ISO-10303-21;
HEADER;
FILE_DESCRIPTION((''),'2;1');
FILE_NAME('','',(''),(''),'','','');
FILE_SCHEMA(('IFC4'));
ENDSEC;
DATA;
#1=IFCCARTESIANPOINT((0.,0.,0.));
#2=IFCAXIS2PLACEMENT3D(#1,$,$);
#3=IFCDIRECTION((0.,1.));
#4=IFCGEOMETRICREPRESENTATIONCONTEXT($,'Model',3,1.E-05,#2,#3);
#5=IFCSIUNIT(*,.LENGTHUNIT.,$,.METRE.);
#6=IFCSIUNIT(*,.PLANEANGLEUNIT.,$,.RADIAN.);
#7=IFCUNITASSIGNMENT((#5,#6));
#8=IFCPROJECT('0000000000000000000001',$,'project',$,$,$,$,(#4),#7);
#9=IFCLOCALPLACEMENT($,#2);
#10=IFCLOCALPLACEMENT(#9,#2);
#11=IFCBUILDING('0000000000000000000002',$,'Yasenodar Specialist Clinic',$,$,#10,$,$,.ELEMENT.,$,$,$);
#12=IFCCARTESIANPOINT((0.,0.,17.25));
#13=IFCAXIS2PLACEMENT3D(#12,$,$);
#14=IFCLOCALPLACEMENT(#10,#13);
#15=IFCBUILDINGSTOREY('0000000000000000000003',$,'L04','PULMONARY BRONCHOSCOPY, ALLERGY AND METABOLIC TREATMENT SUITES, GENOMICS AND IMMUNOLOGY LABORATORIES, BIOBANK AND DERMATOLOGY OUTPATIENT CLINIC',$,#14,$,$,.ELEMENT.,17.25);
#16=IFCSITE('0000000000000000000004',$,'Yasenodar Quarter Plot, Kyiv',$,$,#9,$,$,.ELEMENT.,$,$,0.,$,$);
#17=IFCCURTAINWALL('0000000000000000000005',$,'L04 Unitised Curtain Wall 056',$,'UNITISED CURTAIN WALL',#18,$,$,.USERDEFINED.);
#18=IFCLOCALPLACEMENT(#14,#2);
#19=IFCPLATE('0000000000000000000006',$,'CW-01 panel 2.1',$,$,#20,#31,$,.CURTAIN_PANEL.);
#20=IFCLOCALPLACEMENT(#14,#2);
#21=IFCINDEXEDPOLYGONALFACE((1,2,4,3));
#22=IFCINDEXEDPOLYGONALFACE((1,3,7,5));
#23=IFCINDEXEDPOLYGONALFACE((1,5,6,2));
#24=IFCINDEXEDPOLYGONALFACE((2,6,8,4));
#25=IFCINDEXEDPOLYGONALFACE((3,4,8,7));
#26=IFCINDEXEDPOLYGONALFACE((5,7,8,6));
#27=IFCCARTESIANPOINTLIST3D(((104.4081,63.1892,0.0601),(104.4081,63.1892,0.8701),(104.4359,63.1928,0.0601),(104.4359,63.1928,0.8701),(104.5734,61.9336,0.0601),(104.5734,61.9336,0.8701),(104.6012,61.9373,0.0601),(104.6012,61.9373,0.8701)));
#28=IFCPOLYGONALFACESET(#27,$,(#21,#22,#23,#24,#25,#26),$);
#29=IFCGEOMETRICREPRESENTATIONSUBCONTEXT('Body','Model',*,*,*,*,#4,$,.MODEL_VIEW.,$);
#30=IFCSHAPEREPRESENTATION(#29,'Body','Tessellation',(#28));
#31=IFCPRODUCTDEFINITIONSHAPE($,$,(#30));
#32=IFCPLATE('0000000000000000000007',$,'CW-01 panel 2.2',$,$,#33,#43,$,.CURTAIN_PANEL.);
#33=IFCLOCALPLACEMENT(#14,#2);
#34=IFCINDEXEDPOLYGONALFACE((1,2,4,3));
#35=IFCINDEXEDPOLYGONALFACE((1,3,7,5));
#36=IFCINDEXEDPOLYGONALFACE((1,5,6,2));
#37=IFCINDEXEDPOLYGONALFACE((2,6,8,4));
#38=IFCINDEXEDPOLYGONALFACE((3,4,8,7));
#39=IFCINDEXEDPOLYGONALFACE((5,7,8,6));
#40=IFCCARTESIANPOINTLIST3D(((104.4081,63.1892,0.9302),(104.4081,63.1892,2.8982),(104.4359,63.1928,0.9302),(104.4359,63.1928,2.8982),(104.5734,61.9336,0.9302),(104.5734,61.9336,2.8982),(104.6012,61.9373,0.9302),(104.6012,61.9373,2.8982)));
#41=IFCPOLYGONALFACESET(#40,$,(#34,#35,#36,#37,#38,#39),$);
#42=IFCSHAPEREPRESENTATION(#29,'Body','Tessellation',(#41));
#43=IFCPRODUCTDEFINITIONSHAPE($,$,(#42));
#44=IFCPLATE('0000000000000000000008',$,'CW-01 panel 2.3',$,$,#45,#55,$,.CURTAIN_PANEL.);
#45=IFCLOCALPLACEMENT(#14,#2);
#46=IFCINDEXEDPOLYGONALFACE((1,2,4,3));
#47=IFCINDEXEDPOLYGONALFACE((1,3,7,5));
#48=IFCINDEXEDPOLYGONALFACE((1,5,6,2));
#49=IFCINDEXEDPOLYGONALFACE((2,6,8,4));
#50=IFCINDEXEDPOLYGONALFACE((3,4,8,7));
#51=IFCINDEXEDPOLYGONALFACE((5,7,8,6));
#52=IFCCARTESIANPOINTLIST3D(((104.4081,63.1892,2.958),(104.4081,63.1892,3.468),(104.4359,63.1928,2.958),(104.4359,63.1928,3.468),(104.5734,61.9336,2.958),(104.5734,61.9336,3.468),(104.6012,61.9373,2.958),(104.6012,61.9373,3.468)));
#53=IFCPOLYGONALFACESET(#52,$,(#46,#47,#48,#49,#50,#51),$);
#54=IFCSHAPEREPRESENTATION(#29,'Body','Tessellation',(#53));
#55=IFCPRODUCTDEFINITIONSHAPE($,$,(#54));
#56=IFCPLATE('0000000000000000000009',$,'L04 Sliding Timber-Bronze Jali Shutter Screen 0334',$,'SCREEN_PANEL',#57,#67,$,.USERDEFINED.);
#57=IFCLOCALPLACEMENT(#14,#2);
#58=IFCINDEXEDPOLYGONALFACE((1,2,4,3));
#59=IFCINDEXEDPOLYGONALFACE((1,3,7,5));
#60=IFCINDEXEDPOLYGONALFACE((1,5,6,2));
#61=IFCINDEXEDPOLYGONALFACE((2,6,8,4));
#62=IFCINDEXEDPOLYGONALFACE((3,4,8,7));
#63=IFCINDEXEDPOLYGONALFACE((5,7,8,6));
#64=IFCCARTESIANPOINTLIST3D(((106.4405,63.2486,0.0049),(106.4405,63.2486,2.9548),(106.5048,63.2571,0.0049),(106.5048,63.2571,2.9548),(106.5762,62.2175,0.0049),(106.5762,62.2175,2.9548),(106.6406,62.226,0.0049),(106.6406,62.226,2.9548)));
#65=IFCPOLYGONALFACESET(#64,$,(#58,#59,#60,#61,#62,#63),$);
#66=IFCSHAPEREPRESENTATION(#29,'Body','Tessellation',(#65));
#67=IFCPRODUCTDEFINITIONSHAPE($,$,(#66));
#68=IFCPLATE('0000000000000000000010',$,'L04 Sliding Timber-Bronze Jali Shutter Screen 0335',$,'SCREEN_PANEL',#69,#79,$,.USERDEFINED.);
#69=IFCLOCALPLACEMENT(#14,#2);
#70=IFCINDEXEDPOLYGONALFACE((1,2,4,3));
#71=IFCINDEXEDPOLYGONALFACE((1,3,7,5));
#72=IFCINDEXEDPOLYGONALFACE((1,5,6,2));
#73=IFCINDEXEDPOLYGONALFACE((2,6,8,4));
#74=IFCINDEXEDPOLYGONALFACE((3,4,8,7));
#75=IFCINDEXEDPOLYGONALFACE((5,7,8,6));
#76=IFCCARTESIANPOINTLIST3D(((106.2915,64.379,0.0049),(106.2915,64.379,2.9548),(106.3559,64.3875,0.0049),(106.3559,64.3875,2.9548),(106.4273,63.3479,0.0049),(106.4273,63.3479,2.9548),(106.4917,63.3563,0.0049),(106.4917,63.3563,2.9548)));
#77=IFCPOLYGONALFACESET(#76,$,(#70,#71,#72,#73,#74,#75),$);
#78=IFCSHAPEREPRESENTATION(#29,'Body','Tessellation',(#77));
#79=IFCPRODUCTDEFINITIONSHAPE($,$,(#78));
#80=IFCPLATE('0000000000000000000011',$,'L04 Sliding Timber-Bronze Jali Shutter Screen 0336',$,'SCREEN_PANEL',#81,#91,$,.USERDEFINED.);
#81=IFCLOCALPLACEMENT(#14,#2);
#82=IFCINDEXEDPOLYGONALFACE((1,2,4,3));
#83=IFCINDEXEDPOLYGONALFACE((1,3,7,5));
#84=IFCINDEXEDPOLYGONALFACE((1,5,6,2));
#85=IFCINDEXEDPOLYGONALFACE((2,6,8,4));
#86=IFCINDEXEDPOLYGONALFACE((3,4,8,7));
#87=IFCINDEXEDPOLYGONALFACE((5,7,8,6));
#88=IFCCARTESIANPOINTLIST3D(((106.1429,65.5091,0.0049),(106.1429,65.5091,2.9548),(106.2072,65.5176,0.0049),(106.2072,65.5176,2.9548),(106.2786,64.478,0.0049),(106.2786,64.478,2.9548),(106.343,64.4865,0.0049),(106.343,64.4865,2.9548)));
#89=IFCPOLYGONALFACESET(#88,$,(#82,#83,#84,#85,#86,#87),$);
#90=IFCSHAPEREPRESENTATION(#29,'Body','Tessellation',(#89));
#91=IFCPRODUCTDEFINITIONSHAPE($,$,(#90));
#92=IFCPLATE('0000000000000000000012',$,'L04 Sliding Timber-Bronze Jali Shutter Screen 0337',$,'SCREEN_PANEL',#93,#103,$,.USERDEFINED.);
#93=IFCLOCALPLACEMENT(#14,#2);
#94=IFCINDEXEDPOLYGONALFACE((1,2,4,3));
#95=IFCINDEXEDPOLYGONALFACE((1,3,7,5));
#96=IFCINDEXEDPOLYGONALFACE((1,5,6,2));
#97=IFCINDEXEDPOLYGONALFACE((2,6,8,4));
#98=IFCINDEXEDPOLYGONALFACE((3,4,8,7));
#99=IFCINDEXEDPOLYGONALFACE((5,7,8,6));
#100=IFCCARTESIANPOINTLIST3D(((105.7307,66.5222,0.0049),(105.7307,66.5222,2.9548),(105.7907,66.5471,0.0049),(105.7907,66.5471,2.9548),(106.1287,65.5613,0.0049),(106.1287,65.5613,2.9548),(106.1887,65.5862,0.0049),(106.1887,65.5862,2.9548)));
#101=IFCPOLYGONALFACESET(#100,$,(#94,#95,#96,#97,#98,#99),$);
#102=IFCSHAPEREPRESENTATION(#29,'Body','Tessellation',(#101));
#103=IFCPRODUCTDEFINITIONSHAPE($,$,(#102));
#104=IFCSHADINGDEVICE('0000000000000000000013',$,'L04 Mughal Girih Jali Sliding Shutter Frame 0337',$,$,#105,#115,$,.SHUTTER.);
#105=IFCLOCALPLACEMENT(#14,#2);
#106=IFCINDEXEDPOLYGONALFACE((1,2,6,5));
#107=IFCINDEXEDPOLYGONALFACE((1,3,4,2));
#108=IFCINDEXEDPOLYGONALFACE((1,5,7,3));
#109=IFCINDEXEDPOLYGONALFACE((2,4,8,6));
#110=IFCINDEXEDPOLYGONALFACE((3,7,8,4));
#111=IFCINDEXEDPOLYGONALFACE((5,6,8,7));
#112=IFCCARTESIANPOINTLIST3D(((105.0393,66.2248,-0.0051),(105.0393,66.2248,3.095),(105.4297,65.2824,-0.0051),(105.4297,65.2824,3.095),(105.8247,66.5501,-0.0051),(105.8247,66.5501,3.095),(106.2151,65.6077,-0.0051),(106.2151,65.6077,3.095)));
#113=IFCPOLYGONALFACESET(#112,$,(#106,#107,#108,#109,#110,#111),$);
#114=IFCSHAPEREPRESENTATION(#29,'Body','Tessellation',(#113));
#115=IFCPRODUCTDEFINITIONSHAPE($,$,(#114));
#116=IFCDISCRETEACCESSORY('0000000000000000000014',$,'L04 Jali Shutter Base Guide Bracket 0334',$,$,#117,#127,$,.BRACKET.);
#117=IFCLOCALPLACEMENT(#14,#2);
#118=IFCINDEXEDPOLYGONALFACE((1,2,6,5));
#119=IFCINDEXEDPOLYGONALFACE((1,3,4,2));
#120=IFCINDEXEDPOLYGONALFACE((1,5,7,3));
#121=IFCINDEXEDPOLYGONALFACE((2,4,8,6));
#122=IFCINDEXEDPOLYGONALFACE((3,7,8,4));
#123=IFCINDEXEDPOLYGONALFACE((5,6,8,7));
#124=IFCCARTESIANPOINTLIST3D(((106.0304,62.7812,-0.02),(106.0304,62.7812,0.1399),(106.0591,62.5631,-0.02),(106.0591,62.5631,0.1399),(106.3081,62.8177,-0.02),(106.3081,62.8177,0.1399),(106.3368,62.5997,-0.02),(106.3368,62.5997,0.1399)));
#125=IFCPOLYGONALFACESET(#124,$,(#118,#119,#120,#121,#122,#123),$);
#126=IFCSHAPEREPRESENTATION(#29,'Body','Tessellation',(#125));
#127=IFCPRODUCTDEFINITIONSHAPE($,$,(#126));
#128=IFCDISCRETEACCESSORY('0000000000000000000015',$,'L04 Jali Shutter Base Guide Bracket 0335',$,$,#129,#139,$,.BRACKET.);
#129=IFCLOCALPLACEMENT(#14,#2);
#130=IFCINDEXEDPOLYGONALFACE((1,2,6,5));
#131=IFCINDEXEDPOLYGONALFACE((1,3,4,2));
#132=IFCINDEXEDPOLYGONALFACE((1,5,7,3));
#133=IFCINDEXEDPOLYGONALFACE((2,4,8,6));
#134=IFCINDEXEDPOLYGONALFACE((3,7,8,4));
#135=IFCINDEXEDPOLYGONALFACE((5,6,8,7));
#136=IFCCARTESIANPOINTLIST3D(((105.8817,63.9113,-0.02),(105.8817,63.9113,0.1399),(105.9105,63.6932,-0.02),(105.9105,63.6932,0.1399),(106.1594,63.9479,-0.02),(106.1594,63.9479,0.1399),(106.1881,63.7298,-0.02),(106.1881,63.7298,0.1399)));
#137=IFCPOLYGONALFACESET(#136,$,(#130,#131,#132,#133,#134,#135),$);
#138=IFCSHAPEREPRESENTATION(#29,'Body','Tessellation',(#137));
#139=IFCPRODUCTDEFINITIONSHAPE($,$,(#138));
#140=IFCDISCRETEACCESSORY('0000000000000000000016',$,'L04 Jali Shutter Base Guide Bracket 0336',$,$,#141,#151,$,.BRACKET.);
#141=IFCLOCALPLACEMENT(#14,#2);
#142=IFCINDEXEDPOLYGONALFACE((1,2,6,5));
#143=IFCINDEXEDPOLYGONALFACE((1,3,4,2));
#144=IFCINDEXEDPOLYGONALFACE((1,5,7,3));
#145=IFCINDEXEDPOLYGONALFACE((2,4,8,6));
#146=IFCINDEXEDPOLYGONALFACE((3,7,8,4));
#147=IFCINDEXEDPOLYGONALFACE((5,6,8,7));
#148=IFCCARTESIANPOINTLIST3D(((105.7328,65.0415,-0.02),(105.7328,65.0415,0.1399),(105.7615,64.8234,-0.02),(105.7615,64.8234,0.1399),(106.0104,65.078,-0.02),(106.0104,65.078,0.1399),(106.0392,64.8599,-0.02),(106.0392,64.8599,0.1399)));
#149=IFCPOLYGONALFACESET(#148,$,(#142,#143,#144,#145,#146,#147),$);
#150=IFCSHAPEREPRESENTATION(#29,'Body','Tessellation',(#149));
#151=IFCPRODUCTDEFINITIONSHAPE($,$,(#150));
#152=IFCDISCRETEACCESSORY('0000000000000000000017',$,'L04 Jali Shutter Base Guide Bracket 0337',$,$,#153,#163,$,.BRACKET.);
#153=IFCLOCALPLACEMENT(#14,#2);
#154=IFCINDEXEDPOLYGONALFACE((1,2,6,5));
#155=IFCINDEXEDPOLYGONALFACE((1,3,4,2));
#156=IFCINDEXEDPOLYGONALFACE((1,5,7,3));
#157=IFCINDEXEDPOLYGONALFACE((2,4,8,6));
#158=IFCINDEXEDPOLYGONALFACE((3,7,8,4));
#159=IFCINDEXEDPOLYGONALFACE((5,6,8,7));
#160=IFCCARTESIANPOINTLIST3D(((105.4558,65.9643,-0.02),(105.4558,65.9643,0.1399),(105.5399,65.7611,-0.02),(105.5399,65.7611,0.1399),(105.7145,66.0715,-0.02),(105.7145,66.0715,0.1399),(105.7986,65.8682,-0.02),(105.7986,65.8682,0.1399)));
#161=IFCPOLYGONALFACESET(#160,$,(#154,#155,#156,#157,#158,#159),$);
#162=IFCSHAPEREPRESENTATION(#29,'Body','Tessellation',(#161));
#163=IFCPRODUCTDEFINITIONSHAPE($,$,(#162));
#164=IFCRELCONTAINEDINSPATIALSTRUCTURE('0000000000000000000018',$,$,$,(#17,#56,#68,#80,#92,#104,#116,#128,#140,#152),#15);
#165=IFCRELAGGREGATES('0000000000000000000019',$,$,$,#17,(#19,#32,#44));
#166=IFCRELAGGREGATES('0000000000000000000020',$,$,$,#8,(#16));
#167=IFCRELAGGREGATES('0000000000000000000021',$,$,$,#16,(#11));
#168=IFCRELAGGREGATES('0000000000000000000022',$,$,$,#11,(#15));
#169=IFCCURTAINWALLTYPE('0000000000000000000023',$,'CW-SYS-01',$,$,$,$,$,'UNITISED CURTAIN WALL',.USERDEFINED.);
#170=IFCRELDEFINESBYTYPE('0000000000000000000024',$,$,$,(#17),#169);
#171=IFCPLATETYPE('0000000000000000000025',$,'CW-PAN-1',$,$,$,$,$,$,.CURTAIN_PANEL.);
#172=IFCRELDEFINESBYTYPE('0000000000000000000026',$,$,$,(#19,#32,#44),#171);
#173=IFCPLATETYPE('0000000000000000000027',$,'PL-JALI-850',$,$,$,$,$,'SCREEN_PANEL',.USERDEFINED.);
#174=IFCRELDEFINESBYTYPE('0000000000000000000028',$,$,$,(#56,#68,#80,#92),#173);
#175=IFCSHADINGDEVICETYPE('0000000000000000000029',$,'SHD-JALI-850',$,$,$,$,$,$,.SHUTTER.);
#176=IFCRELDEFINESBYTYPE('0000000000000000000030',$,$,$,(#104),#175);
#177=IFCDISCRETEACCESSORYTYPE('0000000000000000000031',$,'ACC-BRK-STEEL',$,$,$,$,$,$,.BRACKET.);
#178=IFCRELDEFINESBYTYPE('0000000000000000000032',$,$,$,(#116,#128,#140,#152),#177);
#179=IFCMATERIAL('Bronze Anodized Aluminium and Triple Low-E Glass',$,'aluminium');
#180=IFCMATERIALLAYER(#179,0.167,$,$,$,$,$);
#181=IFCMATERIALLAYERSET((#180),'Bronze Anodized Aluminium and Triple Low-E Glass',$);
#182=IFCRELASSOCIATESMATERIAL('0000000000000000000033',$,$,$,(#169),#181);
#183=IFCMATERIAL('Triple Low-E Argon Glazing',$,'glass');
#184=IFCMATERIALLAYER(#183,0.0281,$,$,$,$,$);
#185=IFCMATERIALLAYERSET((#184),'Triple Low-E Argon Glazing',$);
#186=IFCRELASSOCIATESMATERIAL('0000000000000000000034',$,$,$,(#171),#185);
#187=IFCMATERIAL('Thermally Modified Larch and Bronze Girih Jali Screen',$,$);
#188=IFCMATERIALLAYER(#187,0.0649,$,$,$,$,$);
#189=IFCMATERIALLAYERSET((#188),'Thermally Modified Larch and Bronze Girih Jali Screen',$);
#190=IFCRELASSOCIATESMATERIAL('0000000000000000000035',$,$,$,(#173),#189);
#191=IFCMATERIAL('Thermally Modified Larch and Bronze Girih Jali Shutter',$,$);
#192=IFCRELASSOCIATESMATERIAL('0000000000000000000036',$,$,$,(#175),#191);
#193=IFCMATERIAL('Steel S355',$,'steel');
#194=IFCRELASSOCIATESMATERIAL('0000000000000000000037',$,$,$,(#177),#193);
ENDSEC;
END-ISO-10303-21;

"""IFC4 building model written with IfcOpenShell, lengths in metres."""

from ifc_helpers import new_model, si_unit, direction, frame, origin, origin_2d, place, context, subcontext, project, spatial, rectangle, extrude, material, layer, layer_set, type_object, element, aggregate, save


model = new_model("IFC4")

# Units and contexts
model_context = context("Model", 3, precision=1e-05, world=origin(), true_north=direction((0.0, 1.0)))
body_context = subcontext(model_context, "Body", "Model", "MODEL_VIEW")
ifc_project = project(units=[si_unit("LENGTHUNIT", "METRE"), si_unit("PLANEANGLEUNIT", "RADIAN")], contexts=[model_context])

# Site, building, storey
site_placement = place(None, origin())
site = spatial("IfcSite", under=ifc_project, at=site_placement, Name="Yasenodar Quarter Plot, Kyiv", CompositionType="ELEMENT", RefElevation=0.0)
building_placement = place(site_placement, origin())
building = spatial("IfcBuilding", under=site, at=building_placement, Name="Yasenodar Specialist Clinic", CompositionType="ELEMENT")
storey_placement = place(building_placement, frame((0.0, 0.0, 17.25)))
storey = spatial("IfcBuildingStorey", under=building, at=storey_placement, Name="L04", Description="PULMONARY BRONCHOSCOPY, ALLERGY AND METABOLIC TREATMENT SUITES, GENOMICS AND IMMUNOLOGY LABORATORIES, BIOBANK AND DERMATOLOGY OUTPATIENT CLINIC", CompositionType="ELEMENT", Elevation=17.25)

# Curtain wall, plates
ifc_material_1 = material(Name="Bronze Anodized Aluminium and Triple Low-E Glass", Category="aluminium")
ifc_layer_1 = layer(ifc_material_1, 0.167)
ifc_layer_set_1 = layer_set([ifc_layer_1], Name="Bronze Anodized Aluminium and Triple Low-E Glass")
curtain_wall_type = type_object("IfcCurtainWallType", Name="CW-SYS-01", ElementType="UNITISED CURTAIN WALL", PredefinedType="USERDEFINED", material=ifc_layer_set_1)
curtain_wall_placement = place(storey_placement, origin())
curtain_wall = element("IfcCurtainWall", 1, at=curtain_wall_placement, inside=storey, type_object=curtain_wall_type, Name="L04 Unitised Curtain Wall 056", ObjectType="UNITISED CURTAIN WALL", PredefinedType="USERDEFINED")
ifc_material_2 = material(Name="Triple Low-E Argon Glazing", Category="glass")
ifc_layer_2 = layer(ifc_material_2, 0.0281)
ifc_layer_set_2 = layer_set([ifc_layer_2], Name="Triple Low-E Argon Glazing")
plate_type_1 = type_object("IfcPlateType", Name="CW-PAN-1", PredefinedType="CURTAIN_PANEL", material=ifc_layer_set_2)
plate_1_placement = place(storey_placement, frame((104.5046, 62.5632, 0.0601), z_axis=(0.0, 0.0, 1.0), x_axis=(0.130512, -0.991447, 0.0)))
plate_1 = element("IfcPlate", 2, at=plate_1_placement, type_object=plate_type_1, Name="CW-01 panel 2.1", PredefinedType="CURTAIN_PANEL", context=body_context, shape_type="SweptSolid", body=[
    extrude(rectangle(XDim=1.2664, YDim=0.0281, at=origin_2d()), origin(), (0.0, 0.0, 1.0), 0.8101),
])
plate_2_placement = place(storey_placement, frame((104.5046, 62.5632, 0.9302), z_axis=(0.0, 0.0, 1.0), x_axis=(0.130512, -0.991447, 0.0)))
plate_2 = element("IfcPlate", 3, at=plate_2_placement, type_object=plate_type_1, Name="CW-01 panel 2.2", PredefinedType="CURTAIN_PANEL", context=body_context, shape_type="SweptSolid", body=[
    extrude(rectangle(XDim=1.2664, YDim=0.0281, at=origin_2d()), origin(), (0.0, 0.0, 1.0), 1.968),
])
plate_3_placement = place(storey_placement, frame((104.5046, 62.5632, 2.958), z_axis=(0.0, 0.0, 1.0), x_axis=(0.130512, -0.991447, 0.0)))
plate_3 = element("IfcPlate", 4, at=plate_3_placement, type_object=plate_type_1, Name="CW-01 panel 2.3", PredefinedType="CURTAIN_PANEL", context=body_context, shape_type="SweptSolid", body=[
    extrude(rectangle(XDim=1.2664, YDim=0.0281, at=origin_2d()), origin(), (0.0, 0.0, 1.0), 0.51),
])
aggregate(curtain_wall, [plate_1, plate_2, plate_3])

# Plates
ifc_material_3 = material(Name="Thermally Modified Larch and Bronze Girih Jali Screen")
ifc_layer_3 = layer(ifc_material_3, 0.0649)
ifc_layer_set_3 = layer_set([ifc_layer_3], Name="Thermally Modified Larch and Bronze Girih Jali Screen")
plate_type_2 = type_object("IfcPlateType", Name="PL-JALI-850", ElementType="SCREEN_PANEL", PredefinedType="USERDEFINED", material=ifc_layer_set_3)
for number, where, z_axis, x_axis, name in (
    (5, (106.5405, 62.7373, 0.0049), (0.0, 0.0, 1.0), (-0.130519, 0.991446, 0.0), "L04 Sliding Timber-Bronze Jali Shutter Screen 0334"),
    (6, (106.3916, 63.8677, 0.0049), (0.0, 0.0, 1.0), (-0.130519, 0.991446, 0.0), "L04 Sliding Timber-Bronze Jali Shutter Screen 0335"),
    (7, (106.2429, 64.9978, 0.0049), (0.0, 0.0, 1.0), (-0.130519, 0.991446, 0.0), "L04 Sliding Timber-Bronze Jali Shutter Screen 0336"),
    (8, (105.9597, 66.0542, 0.0049), (0.0, 0.0, 1.0), (-0.382687, 0.923878, 0.0), "L04 Sliding Timber-Bronze Jali Shutter Screen 0337"),
):
    element("IfcPlate", number, at=place(storey_placement, frame(where, z_axis=z_axis, x_axis=x_axis)), inside=storey, type_object=plate_type_2, Name=name, ObjectType="SCREEN_PANEL", PredefinedType="USERDEFINED", context=body_context, shape_type="SweptSolid", body=[
        extrude(rectangle(XDim=1.04, YDim=0.0649, at=origin_2d()), origin(), (0.0, 0.0, 1.0), 2.95),
    ])

# Shading device
ifc_material_4 = material(Name="Thermally Modified Larch and Bronze Girih Jali Shutter")
shading_device_type = type_object("IfcShadingDeviceType", Name="SHD-JALI-850", PredefinedType="SHUTTER", material=ifc_material_4)
shading_device_placement = place(storey_placement, frame((105.6272, 65.9163, -0.0051), z_axis=(0.0, 0.0, 1.0), x_axis=(-0.382687, 0.923878, 0.0)))
element("IfcShadingDevice", 9, at=shading_device_placement, inside=storey, type_object=shading_device_type, Name="L04 Mughal Girih Jali Sliding Shutter Frame 0337", PredefinedType="SHUTTER", context=body_context, shape_type="SweptSolid", body=[
    extrude(rectangle(XDim=1.02, YDim=0.8501, at=origin_2d()), origin(), (0.0, 0.0, 1.0), 3.1001),
])

# Discrete accessories
ifc_material_5 = material(Name="Steel S355", Category="steel")
discrete_accessory_type = type_object("IfcDiscreteAccessoryType", Name="ACC-BRK-STEEL", PredefinedType="BRACKET", material=ifc_material_5)
for number, where, z_axis, x_axis, name in (
    (10, (106.1836, 62.6904, -0.02), (0.0, 0.0, 1.0), (-0.130519, 0.991446, 0.0), "L04 Jali Shutter Base Guide Bracket 0334"),
    (11, (106.0349, 63.8206, -0.02), (0.0, 0.0, 1.0), (-0.130519, 0.991446, 0.0), "L04 Jali Shutter Base Guide Bracket 0335"),
    (12, (105.886, 64.9507, -0.02), (0.0, 0.0, 1.0), (-0.130519, 0.991446, 0.0), "L04 Jali Shutter Base Guide Bracket 0336"),
    (13, (105.6272, 65.9163, -0.02), (0.0, 0.0, 1.0), (-0.382687, 0.923878, 0.0), "L04 Jali Shutter Base Guide Bracket 0337"),
):
    element("IfcDiscreteAccessory", number, at=place(storey_placement, frame(where, z_axis=z_axis, x_axis=x_axis)), inside=storey, type_object=discrete_accessory_type, Name=name, PredefinedType="BRACKET", context=body_context, shape_type="SweptSolid", body=[
        extrude(rectangle(XDim=0.22, YDim=0.28, at=origin_2d()), origin(), (0.0, 0.0, 1.0), 0.1599),
    ])

save(model, "model.ifc")
